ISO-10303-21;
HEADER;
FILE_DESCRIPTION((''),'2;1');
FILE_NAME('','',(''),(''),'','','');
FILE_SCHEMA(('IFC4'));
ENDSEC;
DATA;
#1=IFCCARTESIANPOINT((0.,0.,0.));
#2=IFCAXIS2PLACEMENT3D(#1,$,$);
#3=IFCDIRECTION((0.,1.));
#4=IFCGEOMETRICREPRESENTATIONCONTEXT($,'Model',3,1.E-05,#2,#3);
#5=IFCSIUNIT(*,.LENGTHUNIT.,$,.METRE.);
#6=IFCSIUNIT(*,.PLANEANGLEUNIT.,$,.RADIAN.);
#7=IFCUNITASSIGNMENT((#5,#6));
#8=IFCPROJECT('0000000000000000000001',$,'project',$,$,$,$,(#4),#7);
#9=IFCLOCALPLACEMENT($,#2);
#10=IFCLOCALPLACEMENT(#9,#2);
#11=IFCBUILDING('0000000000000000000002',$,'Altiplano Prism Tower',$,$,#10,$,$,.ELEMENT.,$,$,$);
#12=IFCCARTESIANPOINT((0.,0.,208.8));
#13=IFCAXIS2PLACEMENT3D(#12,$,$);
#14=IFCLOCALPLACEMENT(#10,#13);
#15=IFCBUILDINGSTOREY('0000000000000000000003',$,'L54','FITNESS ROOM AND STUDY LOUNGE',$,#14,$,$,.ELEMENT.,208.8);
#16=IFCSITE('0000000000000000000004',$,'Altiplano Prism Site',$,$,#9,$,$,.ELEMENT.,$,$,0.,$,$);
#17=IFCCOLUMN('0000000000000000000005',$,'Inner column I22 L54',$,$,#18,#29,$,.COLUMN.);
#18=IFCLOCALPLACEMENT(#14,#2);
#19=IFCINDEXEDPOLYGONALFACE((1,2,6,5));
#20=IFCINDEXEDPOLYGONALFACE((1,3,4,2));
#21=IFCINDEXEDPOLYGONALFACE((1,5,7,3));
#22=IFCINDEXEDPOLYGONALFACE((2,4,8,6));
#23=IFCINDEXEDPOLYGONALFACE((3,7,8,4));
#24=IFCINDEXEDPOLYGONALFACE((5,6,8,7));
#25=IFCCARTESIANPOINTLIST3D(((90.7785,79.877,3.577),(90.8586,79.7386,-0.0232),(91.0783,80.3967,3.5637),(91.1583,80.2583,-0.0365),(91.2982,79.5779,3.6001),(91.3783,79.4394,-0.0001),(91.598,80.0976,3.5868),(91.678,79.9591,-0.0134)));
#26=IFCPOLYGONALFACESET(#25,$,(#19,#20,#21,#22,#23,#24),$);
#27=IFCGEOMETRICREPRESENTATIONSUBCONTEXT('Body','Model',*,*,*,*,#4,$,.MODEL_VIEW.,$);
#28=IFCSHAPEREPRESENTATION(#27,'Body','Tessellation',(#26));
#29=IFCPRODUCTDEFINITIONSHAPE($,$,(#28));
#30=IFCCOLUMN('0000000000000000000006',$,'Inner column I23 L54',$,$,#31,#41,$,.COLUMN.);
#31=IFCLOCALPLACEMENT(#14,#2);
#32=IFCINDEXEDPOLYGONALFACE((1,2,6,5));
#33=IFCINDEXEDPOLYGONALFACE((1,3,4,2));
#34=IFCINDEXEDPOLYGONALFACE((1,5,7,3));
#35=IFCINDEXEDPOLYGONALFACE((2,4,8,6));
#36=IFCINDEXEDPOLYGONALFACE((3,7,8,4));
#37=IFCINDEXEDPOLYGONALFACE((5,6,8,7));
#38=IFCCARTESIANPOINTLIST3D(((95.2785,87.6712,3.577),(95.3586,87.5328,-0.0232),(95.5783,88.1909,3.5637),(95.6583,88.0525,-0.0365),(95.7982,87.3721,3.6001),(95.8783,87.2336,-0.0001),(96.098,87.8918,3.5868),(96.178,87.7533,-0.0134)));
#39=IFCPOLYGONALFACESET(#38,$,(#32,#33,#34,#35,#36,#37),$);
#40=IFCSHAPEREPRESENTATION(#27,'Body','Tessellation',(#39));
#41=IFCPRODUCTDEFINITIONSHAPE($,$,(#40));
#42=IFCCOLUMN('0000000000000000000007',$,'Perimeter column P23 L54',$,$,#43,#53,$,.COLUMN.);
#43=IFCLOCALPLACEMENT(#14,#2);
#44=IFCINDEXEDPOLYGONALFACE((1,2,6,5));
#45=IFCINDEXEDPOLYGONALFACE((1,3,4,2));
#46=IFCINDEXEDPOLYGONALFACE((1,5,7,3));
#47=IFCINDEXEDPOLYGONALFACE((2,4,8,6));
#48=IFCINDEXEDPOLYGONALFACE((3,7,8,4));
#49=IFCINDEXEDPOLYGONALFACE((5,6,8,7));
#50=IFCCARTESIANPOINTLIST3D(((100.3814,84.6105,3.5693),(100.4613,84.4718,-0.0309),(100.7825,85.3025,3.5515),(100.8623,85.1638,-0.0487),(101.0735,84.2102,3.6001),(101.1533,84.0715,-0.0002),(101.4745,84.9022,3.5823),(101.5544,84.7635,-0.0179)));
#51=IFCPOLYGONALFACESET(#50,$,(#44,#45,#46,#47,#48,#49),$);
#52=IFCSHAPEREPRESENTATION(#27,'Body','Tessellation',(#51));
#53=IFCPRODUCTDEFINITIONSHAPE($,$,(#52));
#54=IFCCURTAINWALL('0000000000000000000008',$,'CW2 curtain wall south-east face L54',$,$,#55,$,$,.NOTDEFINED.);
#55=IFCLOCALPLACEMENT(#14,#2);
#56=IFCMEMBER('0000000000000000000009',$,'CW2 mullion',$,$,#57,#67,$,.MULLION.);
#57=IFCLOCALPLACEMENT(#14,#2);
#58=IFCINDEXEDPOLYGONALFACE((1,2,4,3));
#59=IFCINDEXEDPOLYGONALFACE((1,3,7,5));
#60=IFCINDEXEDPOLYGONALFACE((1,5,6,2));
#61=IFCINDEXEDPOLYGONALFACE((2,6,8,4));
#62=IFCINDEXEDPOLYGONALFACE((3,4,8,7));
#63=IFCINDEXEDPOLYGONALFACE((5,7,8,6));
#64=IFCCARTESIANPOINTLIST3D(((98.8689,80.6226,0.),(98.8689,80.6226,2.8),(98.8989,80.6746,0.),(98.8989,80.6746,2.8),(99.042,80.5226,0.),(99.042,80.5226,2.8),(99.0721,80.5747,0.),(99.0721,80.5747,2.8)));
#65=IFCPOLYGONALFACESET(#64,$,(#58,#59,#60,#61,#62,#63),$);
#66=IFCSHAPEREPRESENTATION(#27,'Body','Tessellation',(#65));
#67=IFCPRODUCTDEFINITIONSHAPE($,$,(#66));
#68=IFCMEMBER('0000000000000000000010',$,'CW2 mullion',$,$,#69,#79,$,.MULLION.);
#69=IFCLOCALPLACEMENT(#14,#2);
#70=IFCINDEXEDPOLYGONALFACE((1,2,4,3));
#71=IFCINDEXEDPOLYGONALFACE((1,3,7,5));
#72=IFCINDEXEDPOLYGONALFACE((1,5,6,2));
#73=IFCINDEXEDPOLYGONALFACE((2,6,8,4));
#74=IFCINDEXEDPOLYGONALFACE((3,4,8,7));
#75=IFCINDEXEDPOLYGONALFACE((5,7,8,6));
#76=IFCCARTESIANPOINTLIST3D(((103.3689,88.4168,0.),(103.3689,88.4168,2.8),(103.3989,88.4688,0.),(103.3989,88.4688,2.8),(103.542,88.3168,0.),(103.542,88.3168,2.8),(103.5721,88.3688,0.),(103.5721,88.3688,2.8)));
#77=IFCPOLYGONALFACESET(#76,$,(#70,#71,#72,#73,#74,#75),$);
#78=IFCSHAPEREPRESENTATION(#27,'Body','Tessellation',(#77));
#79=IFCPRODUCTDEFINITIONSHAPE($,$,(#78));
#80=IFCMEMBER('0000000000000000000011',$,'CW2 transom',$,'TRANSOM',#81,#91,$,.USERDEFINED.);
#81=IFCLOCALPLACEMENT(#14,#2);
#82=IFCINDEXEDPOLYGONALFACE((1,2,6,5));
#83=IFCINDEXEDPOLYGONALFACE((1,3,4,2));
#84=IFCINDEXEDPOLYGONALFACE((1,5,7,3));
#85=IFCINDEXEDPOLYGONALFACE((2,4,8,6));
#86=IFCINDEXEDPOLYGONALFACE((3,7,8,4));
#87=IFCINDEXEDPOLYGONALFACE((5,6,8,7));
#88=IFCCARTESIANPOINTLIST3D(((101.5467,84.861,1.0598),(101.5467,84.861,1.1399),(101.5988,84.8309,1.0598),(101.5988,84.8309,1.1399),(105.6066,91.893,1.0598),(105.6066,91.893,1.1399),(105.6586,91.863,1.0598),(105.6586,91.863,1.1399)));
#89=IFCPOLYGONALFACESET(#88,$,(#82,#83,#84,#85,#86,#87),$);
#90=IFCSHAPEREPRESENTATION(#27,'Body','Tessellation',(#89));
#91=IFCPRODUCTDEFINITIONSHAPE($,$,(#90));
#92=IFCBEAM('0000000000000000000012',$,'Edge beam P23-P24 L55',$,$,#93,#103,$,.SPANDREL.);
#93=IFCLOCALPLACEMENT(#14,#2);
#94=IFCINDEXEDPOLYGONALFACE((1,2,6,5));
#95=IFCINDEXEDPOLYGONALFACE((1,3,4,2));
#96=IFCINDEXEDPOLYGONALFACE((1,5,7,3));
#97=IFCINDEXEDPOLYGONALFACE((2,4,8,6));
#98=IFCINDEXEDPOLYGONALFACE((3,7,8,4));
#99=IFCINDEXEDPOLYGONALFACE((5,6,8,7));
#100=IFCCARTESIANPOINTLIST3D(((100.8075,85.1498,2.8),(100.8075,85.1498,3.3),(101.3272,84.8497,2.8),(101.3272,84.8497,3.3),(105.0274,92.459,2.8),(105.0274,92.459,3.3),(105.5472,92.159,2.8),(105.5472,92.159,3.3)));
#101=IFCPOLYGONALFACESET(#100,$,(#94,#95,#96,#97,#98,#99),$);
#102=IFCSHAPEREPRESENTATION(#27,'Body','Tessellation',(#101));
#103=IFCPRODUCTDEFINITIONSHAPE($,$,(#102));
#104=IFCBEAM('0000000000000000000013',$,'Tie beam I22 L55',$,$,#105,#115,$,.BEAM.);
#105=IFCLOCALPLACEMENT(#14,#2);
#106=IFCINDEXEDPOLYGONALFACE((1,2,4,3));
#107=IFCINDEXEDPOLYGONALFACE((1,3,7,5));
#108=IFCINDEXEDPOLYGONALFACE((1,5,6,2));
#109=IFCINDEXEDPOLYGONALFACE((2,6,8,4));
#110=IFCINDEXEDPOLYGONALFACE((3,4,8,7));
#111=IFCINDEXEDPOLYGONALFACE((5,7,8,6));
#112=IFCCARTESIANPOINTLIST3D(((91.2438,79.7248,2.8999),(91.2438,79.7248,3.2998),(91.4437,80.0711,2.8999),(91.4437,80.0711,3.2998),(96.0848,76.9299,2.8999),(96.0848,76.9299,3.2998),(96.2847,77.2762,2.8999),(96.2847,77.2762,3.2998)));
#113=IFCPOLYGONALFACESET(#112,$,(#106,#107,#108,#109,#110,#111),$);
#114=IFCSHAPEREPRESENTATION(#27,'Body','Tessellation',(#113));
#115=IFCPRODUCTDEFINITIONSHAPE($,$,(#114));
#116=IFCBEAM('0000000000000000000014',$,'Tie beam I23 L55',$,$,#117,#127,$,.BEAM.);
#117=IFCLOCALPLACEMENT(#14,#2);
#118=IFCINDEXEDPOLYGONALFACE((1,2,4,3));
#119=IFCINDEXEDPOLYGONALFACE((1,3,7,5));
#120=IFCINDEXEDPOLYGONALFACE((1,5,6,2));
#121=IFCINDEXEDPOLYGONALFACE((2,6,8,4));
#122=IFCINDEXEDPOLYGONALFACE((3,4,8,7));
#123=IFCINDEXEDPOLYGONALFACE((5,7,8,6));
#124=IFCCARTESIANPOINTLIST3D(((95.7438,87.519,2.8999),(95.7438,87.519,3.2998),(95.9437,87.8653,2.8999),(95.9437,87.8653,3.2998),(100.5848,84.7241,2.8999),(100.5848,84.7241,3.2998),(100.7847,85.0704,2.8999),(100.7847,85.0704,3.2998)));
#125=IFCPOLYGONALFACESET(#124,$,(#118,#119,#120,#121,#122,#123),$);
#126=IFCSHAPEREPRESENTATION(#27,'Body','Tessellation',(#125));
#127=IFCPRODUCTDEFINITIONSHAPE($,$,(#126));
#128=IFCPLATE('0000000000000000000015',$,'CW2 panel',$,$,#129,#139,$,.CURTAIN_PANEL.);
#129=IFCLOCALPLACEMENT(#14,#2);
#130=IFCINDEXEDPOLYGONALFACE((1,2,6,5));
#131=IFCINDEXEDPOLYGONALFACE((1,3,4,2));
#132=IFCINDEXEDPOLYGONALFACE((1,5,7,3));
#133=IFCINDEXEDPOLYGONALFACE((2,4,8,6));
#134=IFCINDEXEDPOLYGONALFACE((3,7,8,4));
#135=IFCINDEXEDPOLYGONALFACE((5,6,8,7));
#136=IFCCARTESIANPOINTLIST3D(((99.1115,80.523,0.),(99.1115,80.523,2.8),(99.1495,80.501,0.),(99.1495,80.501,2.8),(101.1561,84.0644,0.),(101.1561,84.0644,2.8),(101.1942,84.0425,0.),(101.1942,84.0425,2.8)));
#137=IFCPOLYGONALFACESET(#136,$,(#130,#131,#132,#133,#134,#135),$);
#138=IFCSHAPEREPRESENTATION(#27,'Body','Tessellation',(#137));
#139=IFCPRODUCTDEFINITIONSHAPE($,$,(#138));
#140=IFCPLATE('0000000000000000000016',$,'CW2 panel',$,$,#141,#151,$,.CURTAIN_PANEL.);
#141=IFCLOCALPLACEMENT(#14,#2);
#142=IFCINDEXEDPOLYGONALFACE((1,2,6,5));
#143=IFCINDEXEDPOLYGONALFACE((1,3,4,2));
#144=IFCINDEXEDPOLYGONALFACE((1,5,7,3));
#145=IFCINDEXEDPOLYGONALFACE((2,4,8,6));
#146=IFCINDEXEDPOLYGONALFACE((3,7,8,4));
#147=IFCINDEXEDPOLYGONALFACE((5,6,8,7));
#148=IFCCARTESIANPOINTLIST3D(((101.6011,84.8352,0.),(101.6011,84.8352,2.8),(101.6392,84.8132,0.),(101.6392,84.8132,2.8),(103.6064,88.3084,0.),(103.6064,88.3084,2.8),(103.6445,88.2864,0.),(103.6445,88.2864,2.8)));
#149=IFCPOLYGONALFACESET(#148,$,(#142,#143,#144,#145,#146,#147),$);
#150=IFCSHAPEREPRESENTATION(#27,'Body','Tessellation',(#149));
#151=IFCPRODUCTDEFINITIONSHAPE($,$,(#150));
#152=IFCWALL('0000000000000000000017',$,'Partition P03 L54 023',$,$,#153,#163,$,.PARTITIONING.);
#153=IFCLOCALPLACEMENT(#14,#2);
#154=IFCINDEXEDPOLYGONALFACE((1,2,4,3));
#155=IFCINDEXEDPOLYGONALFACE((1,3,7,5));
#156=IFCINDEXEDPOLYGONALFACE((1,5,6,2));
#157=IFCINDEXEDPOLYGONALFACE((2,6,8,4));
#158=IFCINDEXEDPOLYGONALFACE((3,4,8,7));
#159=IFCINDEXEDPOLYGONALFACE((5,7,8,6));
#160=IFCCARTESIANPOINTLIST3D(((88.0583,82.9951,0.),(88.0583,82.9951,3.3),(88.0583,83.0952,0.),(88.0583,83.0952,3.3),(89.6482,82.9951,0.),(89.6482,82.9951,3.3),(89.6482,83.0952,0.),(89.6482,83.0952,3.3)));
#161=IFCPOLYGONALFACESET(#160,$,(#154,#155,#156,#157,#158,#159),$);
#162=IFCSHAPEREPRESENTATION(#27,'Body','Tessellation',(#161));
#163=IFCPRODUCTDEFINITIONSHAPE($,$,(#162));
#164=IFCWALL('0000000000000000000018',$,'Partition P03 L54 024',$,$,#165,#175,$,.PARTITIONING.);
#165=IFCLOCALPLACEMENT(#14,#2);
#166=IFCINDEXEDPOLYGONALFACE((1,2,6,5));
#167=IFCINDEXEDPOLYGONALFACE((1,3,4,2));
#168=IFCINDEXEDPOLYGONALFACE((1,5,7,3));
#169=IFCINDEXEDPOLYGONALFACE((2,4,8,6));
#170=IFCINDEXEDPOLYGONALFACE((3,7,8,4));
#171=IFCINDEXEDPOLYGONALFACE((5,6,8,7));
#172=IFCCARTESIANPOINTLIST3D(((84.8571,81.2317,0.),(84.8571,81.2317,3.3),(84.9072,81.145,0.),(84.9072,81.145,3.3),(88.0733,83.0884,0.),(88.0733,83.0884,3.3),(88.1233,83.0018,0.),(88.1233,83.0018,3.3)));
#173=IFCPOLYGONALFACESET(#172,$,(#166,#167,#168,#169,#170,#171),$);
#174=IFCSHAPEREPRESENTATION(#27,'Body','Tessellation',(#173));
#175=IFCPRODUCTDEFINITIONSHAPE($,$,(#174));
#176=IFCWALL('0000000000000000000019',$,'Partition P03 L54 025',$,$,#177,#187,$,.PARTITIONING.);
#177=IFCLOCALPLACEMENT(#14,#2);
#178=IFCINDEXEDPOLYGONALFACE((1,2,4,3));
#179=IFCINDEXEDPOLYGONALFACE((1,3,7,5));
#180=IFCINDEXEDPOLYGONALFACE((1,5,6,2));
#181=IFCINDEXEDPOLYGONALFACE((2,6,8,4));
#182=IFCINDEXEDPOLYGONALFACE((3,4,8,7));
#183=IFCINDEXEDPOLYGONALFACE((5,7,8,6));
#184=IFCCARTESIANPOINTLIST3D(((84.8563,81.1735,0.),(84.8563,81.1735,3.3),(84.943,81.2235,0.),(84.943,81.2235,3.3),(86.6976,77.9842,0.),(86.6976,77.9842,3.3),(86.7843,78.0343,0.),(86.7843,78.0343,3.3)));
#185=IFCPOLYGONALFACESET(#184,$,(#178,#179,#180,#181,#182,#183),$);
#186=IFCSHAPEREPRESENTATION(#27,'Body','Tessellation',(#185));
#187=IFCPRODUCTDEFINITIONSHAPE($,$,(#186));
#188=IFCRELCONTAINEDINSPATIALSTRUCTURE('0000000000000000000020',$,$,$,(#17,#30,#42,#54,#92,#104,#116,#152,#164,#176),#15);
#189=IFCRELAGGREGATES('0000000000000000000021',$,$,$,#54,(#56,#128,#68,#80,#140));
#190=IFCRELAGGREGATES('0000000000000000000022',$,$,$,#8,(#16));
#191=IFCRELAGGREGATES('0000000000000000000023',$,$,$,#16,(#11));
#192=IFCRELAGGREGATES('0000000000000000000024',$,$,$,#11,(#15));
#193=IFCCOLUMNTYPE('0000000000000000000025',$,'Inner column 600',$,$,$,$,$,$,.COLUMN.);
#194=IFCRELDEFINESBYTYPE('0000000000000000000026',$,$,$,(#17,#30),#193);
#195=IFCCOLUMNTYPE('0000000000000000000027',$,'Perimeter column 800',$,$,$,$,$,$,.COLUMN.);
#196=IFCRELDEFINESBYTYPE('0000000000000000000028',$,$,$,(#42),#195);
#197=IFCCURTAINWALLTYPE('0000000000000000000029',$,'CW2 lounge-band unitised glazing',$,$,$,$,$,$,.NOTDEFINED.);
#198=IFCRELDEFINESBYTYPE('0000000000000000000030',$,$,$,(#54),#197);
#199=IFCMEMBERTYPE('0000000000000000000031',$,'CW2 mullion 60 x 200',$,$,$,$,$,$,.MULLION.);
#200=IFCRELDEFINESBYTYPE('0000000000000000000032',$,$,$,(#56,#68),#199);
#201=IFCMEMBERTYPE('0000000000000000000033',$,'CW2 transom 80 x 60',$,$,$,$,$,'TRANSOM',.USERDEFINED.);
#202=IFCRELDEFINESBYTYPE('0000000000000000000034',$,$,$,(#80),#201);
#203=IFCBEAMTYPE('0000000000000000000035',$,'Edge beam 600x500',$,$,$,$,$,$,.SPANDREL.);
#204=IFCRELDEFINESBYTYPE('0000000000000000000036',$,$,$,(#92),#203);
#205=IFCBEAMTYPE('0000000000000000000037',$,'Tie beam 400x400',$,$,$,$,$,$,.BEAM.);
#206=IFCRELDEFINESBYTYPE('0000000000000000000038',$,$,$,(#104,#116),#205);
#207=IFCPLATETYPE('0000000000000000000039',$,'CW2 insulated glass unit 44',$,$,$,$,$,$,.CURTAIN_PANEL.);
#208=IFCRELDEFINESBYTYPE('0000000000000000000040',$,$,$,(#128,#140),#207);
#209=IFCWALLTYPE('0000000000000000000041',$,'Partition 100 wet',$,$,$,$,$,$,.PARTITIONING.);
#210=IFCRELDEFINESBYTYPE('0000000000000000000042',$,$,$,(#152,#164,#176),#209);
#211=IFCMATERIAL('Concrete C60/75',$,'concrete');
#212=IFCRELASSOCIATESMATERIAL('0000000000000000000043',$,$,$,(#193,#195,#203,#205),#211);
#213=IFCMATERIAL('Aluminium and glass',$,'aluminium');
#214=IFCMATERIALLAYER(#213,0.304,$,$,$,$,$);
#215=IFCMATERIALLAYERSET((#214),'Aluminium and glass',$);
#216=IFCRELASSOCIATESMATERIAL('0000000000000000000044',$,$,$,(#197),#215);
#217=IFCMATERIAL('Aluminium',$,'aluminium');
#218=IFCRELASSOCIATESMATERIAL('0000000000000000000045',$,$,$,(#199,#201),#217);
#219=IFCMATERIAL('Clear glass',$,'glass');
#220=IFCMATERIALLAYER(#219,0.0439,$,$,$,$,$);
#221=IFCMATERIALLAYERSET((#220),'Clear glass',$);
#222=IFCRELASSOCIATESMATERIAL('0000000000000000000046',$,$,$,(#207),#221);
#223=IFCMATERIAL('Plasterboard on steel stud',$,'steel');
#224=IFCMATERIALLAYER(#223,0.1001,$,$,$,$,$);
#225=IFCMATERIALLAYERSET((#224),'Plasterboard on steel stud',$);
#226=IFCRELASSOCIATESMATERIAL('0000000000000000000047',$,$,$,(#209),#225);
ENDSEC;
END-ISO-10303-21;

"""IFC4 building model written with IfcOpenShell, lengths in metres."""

from ifc_helpers import new_model, si_unit, direction, frame, frame_2d, origin, origin_2d, place, context, subcontext, project, spatial, rectangle, extrude, material, layer, layer_set, material_profile, profile_set, type_object, element, aggregate, save


model = new_model("IFC4")

# Units and contexts
model_context = context("Model", 3, precision=1e-05, world=origin(), true_north=direction((0.0, 1.0)))
body_context = subcontext(model_context, "Body", "Model", "MODEL_VIEW")
ifc_project = project(units=[si_unit("LENGTHUNIT", "METRE"), si_unit("PLANEANGLEUNIT", "RADIAN")], contexts=[model_context])

# Site, building, storey
site_placement = place(None, origin())
site = spatial("IfcSite", under=ifc_project, at=site_placement, Name="Altiplano Prism Site", CompositionType="ELEMENT", RefElevation=0.0)
building_placement = place(site_placement, origin())
building = spatial("IfcBuilding", under=site, at=building_placement, Name="Altiplano Prism Tower", CompositionType="ELEMENT")
storey_placement = place(building_placement, frame((0.0, 0.0, 208.8)))
storey = spatial("IfcBuildingStorey", under=building, at=storey_placement, Name="L54", Description="FITNESS ROOM AND STUDY LOUNGE", CompositionType="ELEMENT", Elevation=208.8)

# Columns
ifc_material_1 = material(Name="Concrete C60/75", Category="concrete")
ifc_material_profile_1 = material_profile(ifc_material_1, rectangle(XDim=0.6001, YDim=0.6001, at=origin_2d()), Name="Inner column 600")
ifc_profile_set_1 = profile_set([ifc_material_profile_1], Name="Concrete C60/75")
column_type_1 = type_object("IfcColumnType", Name="Inner column 600", PredefinedType="COLUMN", material=ifc_profile_set_1)
for number, where, z_axis, x_axis, name in (
    (1, (91.2683, 79.8489, -0.0183), (-0.022221, 0.038413, 0.999015), (-0.499513, -0.866022, 0.022189), "Inner column I22 L54"),
    (2, (95.7683, 87.6431, -0.0183), (-0.022221, 0.038413, 0.999015), (-0.499506, -0.866026, 0.022189), "Inner column I23 L54"),
):
    element("IfcColumn", number, at=place(storey_placement, frame(where, z_axis=z_axis, x_axis=x_axis)), inside=storey, type_object=column_type_1, Name=name, PredefinedType="COLUMN", context=body_context, shape_type="SweptSolid", body=[
        extrude(rectangle(XDim=0.6001, YDim=0.6001, at=origin_2d()), origin(), (0.0, 0.0, 1.0), 3.6038),
    ])
ifc_material_profile_2 = material_profile(ifc_material_1, rectangle(XDim=0.8, YDim=0.8, at=origin_2d()), Name="Perimeter column 800")
ifc_profile_set_2 = profile_set([ifc_material_profile_2], Name="Concrete C60/75")
column_type_2 = type_object("IfcColumnType", Name="Perimeter column 800", PredefinedType="COLUMN", material=ifc_profile_set_2)
column_placement = place(storey_placement, frame((101.0078, 84.6177, -0.0244), z_axis=(-0.022154, 0.038481, 0.999014), x_axis=(-0.50131, -0.864983, 0.022201)))
element("IfcColumn", 3, at=column_placement, inside=storey, type_object=column_type_2, Name="Perimeter column P23 L54", PredefinedType="COLUMN", context=body_context, shape_type="SweptSolid", body=[
    extrude(rectangle(XDim=0.8, YDim=0.8, at=origin_2d()), origin(), (0.0, 0.0, 1.0), 3.6038),
])

# Curtain wall, members
ifc_material_2 = material(Name="Aluminium and glass", Category="aluminium")
ifc_layer_1 = layer(ifc_material_2, 0.304)
ifc_layer_set_1 = layer_set([ifc_layer_1], Name="Aluminium and glass")
curtain_wall_type = type_object("IfcCurtainWallType", Name="CW2 lounge-band unitised glazing", PredefinedType="NOTDEFINED", material=ifc_layer_set_1)
curtain_wall_placement = place(storey_placement, origin())
curtain_wall = element("IfcCurtainWall", 4, at=curtain_wall_placement, inside=storey, type_object=curtain_wall_type, Name="CW2 curtain wall south-east face L54", PredefinedType="NOTDEFINED")
ifc_material_3 = material(Name="Aluminium", Category="aluminium")
ifc_material_profile_3 = material_profile(ifc_material_3, rectangle(XDim=0.2, YDim=0.0601, at=origin_2d()), Name="CW2 mullion 60 x 200")
ifc_profile_set_3 = profile_set([ifc_material_profile_3], Name="Aluminium")
member_type_1 = type_object("IfcMemberType", Name="CW2 mullion 60 x 200", PredefinedType="MULLION", material=ifc_profile_set_3)
member_1_placement = place(storey_placement, frame((98.9705, 80.5986, 0.0), z_axis=(0.0, 0.0, 1.0), x_axis=(-0.866025, 0.5, 0.0)))
member_1 = element("IfcMember", 5, at=member_1_placement, type_object=member_type_1, Name="CW2 mullion", PredefinedType="MULLION", context=body_context, shape_type="SweptSolid", body=[
    extrude(rectangle(XDim=0.2, YDim=0.0601, at=origin_2d()), origin(), (0.0, 0.0, 1.0), 2.8),
])
member_2_placement = place(storey_placement, frame((103.4705, 88.3928, 0.0), z_axis=(0.0, 0.0, 1.0), x_axis=(-0.866025, 0.5, 0.0)))
member_2 = element("IfcMember", 6, at=member_2_placement, type_object=member_type_1, Name="CW2 mullion", PredefinedType="MULLION", context=body_context, shape_type="SweptSolid", body=[
    extrude(rectangle(XDim=0.2, YDim=0.0601, at=origin_2d()), origin(), (0.0, 0.0, 1.0), 2.8),
])
ifc_material_profile_4 = material_profile(ifc_material_3, rectangle(XDim=0.0601, YDim=0.0801, at=origin_2d()), Name="CW2 transom 80 x 60")
ifc_profile_set_4 = profile_set([ifc_material_profile_4], Name="Aluminium")
member_type_2 = type_object("IfcMemberType", Name="CW2 transom 80 x 60", ElementType="TRANSOM", PredefinedType="USERDEFINED", material=ifc_profile_set_4)
member_3_placement = place(storey_placement, frame((101.5728, 84.8459, 1.0999), z_axis=(0.499991, 0.866031, 0.0), x_axis=(-0.866031, 0.499991, 0.0)))
member_3 = element("IfcMember", 7, at=member_3_placement, type_object=member_type_2, Name="CW2 transom", ObjectType="TRANSOM", PredefinedType="USERDEFINED", context=body_context, shape_type="SweptSolid", body=[
    extrude(rectangle(XDim=0.0601, YDim=0.0801, at=origin_2d()), origin(), (0.0, 0.0, 1.0), 8.1199),
])

# Beams
ifc_material_profile_5 = material_profile(ifc_material_1, rectangle(XDim=0.6001, YDim=0.5, at=origin_2d()), Name="Edge beam 600x500")
ifc_profile_set_5 = profile_set([ifc_material_profile_5], Name="Concrete C60/75")
beam_type_1 = type_object("IfcBeamType", Name="Edge beam 600x500", PredefinedType="SPANDREL", material=ifc_profile_set_5)
beam_placement = place(storey_placement, frame((101.0674, 84.9998, 3.05), z_axis=(0.499994, 0.866029, 0.0), x_axis=(-0.866029, 0.499994, 0.0)))
element("IfcBeam", 8, at=beam_placement, inside=storey, type_object=beam_type_1, Name="Edge beam P23-P24 L55", PredefinedType="SPANDREL", context=body_context, shape_type="SweptSolid", body=[
    extrude(rectangle(XDim=0.6001, YDim=0.5, at=origin_2d()), origin(), (0.0, 0.0, 1.0), 8.4399),
])
ifc_material_profile_6 = material_profile(ifc_material_1, rectangle(XDim=0.3999, YDim=0.3999, at=origin_2d()), Name="Tie beam 400x400")
ifc_profile_set_6 = profile_set([ifc_material_profile_6], Name="Concrete C60/75")
beam_type_2 = type_object("IfcBeamType", Name="Tie beam 400x400", PredefinedType="BEAM", material=ifc_profile_set_6)
for number, where, z_axis, x_axis, name in (
    (9, (91.3438, 79.8979, 3.0999), (0.866031, -0.499991, 0.0), (0.499991, 0.866031, 0.0), "Tie beam I22 L55"),
    (10, (95.8438, 87.6921, 3.0999), (0.866031, -0.499991, 0.0), (0.499991, 0.866031, 0.0), "Tie beam I23 L55"),
):
    element("IfcBeam", number, at=place(storey_placement, frame(where, z_axis=z_axis, x_axis=x_axis)), inside=storey, type_object=beam_type_2, Name=name, PredefinedType="BEAM", context=body_context, shape_type="SweptSolid", body=[
        extrude(rectangle(XDim=0.3999, YDim=0.3999, at=origin_2d()), origin(), (0.0, 0.0, 1.0), 5.5898),
    ])

# Plates
ifc_material_4 = material(Name="Clear glass", Category="glass")
ifc_layer_2 = layer(ifc_material_4, 0.0439)
ifc_layer_set_2 = layer_set([ifc_layer_2], Name="Clear glass")
plate_type = type_object("IfcPlateType", Name="CW2 insulated glass unit 44", PredefinedType="CURTAIN_PANEL", material=ifc_layer_set_2)
plate_1_placement = place(storey_placement, frame((100.1528, 82.2827, 0.0), z_axis=(0.0, 0.0, 1.0), x_axis=(0.5, 0.866025, 0.0)))
plate_1 = element("IfcPlate", 11, at=plate_1_placement, type_object=plate_type, Name="CW2 panel", PredefinedType="CURTAIN_PANEL", context=body_context, shape_type="SweptSolid", body=[
    extrude(rectangle(XDim=4.0894, YDim=0.0439, at=origin_2d()), origin(), (0.0, 0.0, 1.0), 2.8),
])
plate_2_placement = place(storey_placement, frame((102.6228, 86.5608, 0.0), z_axis=(0.0, 0.0, 1.0), x_axis=(0.5, 0.866025, 0.0)))
plate_2 = element("IfcPlate", 12, at=plate_2_placement, type_object=plate_type, Name="CW2 panel", PredefinedType="CURTAIN_PANEL", context=body_context, shape_type="SweptSolid", body=[
    extrude(rectangle(XDim=4.0105, YDim=0.0439, at=origin_2d()), origin(), (0.0, 0.0, 1.0), 2.8),
])
aggregate(curtain_wall, [member_1, plate_1, member_2, member_3, plate_2])

# Walls
ifc_material_5 = material(Name="Plasterboard on steel stud", Category="steel")
ifc_layer_3 = layer(ifc_material_5, 0.1001)
ifc_layer_set_3 = layer_set([ifc_layer_3], Name="Plasterboard on steel stud")
wall_type_1 = type_object("IfcWallType", Name="Partition 100 wet", PredefinedType="PARTITIONING", material=ifc_layer_set_3)
wall_1_placement = place(storey_placement, frame((89.6482, 83.0452, 0.0), z_axis=(0.0, 0.0, 1.0), x_axis=(-1.0, 0.0, 0.0)))
element("IfcWall", 13, at=wall_1_placement, inside=storey, type_object=wall_type_1, Name="Partition P03 L54 023", PredefinedType="PARTITIONING", context=body_context, shape_type="SweptSolid", body=[
    extrude(rectangle(XDim=1.5898, YDim=0.1001, at=frame_2d((0.7949, 0.0))), origin(), (0.0, 0.0, 1.0), 3.3),
])
wall_2_placement = place(storey_placement, frame((88.0984, 83.0452, 0.0), z_axis=(0.0, 0.0, 1.0), x_axis=(-0.866038, -0.499979, 0.0)))
element("IfcWall", 14, at=wall_2_placement, inside=storey, type_object=wall_type_1, Name="Partition P03 L54 024", PredefinedType="PARTITIONING", context=body_context, shape_type="SweptSolid", body=[
    extrude(rectangle(XDim=3.7136, YDim=0.1001, at=frame_2d((1.8569, 0.0))), origin(), (0.0, 0.0, 1.0), 3.3),
])
wall_3_placement = place(storey_placement, frame((84.8997, 81.1985, 0.0), z_axis=(0.0, 0.0, 1.0), x_axis=(0.500004, -0.866023, 0.0)))
element("IfcWall", 15, at=wall_3_placement, inside=storey, type_object=wall_type_1, Name="Partition P03 L54 025", PredefinedType="PARTITIONING", context=body_context, shape_type="SweptSolid", body=[
    extrude(rectangle(XDim=3.6826, YDim=0.1001, at=frame_2d((1.8413, 0.0))), origin(), (0.0, 0.0, 1.0), 3.3),
])

save(model, "model.ifc")
